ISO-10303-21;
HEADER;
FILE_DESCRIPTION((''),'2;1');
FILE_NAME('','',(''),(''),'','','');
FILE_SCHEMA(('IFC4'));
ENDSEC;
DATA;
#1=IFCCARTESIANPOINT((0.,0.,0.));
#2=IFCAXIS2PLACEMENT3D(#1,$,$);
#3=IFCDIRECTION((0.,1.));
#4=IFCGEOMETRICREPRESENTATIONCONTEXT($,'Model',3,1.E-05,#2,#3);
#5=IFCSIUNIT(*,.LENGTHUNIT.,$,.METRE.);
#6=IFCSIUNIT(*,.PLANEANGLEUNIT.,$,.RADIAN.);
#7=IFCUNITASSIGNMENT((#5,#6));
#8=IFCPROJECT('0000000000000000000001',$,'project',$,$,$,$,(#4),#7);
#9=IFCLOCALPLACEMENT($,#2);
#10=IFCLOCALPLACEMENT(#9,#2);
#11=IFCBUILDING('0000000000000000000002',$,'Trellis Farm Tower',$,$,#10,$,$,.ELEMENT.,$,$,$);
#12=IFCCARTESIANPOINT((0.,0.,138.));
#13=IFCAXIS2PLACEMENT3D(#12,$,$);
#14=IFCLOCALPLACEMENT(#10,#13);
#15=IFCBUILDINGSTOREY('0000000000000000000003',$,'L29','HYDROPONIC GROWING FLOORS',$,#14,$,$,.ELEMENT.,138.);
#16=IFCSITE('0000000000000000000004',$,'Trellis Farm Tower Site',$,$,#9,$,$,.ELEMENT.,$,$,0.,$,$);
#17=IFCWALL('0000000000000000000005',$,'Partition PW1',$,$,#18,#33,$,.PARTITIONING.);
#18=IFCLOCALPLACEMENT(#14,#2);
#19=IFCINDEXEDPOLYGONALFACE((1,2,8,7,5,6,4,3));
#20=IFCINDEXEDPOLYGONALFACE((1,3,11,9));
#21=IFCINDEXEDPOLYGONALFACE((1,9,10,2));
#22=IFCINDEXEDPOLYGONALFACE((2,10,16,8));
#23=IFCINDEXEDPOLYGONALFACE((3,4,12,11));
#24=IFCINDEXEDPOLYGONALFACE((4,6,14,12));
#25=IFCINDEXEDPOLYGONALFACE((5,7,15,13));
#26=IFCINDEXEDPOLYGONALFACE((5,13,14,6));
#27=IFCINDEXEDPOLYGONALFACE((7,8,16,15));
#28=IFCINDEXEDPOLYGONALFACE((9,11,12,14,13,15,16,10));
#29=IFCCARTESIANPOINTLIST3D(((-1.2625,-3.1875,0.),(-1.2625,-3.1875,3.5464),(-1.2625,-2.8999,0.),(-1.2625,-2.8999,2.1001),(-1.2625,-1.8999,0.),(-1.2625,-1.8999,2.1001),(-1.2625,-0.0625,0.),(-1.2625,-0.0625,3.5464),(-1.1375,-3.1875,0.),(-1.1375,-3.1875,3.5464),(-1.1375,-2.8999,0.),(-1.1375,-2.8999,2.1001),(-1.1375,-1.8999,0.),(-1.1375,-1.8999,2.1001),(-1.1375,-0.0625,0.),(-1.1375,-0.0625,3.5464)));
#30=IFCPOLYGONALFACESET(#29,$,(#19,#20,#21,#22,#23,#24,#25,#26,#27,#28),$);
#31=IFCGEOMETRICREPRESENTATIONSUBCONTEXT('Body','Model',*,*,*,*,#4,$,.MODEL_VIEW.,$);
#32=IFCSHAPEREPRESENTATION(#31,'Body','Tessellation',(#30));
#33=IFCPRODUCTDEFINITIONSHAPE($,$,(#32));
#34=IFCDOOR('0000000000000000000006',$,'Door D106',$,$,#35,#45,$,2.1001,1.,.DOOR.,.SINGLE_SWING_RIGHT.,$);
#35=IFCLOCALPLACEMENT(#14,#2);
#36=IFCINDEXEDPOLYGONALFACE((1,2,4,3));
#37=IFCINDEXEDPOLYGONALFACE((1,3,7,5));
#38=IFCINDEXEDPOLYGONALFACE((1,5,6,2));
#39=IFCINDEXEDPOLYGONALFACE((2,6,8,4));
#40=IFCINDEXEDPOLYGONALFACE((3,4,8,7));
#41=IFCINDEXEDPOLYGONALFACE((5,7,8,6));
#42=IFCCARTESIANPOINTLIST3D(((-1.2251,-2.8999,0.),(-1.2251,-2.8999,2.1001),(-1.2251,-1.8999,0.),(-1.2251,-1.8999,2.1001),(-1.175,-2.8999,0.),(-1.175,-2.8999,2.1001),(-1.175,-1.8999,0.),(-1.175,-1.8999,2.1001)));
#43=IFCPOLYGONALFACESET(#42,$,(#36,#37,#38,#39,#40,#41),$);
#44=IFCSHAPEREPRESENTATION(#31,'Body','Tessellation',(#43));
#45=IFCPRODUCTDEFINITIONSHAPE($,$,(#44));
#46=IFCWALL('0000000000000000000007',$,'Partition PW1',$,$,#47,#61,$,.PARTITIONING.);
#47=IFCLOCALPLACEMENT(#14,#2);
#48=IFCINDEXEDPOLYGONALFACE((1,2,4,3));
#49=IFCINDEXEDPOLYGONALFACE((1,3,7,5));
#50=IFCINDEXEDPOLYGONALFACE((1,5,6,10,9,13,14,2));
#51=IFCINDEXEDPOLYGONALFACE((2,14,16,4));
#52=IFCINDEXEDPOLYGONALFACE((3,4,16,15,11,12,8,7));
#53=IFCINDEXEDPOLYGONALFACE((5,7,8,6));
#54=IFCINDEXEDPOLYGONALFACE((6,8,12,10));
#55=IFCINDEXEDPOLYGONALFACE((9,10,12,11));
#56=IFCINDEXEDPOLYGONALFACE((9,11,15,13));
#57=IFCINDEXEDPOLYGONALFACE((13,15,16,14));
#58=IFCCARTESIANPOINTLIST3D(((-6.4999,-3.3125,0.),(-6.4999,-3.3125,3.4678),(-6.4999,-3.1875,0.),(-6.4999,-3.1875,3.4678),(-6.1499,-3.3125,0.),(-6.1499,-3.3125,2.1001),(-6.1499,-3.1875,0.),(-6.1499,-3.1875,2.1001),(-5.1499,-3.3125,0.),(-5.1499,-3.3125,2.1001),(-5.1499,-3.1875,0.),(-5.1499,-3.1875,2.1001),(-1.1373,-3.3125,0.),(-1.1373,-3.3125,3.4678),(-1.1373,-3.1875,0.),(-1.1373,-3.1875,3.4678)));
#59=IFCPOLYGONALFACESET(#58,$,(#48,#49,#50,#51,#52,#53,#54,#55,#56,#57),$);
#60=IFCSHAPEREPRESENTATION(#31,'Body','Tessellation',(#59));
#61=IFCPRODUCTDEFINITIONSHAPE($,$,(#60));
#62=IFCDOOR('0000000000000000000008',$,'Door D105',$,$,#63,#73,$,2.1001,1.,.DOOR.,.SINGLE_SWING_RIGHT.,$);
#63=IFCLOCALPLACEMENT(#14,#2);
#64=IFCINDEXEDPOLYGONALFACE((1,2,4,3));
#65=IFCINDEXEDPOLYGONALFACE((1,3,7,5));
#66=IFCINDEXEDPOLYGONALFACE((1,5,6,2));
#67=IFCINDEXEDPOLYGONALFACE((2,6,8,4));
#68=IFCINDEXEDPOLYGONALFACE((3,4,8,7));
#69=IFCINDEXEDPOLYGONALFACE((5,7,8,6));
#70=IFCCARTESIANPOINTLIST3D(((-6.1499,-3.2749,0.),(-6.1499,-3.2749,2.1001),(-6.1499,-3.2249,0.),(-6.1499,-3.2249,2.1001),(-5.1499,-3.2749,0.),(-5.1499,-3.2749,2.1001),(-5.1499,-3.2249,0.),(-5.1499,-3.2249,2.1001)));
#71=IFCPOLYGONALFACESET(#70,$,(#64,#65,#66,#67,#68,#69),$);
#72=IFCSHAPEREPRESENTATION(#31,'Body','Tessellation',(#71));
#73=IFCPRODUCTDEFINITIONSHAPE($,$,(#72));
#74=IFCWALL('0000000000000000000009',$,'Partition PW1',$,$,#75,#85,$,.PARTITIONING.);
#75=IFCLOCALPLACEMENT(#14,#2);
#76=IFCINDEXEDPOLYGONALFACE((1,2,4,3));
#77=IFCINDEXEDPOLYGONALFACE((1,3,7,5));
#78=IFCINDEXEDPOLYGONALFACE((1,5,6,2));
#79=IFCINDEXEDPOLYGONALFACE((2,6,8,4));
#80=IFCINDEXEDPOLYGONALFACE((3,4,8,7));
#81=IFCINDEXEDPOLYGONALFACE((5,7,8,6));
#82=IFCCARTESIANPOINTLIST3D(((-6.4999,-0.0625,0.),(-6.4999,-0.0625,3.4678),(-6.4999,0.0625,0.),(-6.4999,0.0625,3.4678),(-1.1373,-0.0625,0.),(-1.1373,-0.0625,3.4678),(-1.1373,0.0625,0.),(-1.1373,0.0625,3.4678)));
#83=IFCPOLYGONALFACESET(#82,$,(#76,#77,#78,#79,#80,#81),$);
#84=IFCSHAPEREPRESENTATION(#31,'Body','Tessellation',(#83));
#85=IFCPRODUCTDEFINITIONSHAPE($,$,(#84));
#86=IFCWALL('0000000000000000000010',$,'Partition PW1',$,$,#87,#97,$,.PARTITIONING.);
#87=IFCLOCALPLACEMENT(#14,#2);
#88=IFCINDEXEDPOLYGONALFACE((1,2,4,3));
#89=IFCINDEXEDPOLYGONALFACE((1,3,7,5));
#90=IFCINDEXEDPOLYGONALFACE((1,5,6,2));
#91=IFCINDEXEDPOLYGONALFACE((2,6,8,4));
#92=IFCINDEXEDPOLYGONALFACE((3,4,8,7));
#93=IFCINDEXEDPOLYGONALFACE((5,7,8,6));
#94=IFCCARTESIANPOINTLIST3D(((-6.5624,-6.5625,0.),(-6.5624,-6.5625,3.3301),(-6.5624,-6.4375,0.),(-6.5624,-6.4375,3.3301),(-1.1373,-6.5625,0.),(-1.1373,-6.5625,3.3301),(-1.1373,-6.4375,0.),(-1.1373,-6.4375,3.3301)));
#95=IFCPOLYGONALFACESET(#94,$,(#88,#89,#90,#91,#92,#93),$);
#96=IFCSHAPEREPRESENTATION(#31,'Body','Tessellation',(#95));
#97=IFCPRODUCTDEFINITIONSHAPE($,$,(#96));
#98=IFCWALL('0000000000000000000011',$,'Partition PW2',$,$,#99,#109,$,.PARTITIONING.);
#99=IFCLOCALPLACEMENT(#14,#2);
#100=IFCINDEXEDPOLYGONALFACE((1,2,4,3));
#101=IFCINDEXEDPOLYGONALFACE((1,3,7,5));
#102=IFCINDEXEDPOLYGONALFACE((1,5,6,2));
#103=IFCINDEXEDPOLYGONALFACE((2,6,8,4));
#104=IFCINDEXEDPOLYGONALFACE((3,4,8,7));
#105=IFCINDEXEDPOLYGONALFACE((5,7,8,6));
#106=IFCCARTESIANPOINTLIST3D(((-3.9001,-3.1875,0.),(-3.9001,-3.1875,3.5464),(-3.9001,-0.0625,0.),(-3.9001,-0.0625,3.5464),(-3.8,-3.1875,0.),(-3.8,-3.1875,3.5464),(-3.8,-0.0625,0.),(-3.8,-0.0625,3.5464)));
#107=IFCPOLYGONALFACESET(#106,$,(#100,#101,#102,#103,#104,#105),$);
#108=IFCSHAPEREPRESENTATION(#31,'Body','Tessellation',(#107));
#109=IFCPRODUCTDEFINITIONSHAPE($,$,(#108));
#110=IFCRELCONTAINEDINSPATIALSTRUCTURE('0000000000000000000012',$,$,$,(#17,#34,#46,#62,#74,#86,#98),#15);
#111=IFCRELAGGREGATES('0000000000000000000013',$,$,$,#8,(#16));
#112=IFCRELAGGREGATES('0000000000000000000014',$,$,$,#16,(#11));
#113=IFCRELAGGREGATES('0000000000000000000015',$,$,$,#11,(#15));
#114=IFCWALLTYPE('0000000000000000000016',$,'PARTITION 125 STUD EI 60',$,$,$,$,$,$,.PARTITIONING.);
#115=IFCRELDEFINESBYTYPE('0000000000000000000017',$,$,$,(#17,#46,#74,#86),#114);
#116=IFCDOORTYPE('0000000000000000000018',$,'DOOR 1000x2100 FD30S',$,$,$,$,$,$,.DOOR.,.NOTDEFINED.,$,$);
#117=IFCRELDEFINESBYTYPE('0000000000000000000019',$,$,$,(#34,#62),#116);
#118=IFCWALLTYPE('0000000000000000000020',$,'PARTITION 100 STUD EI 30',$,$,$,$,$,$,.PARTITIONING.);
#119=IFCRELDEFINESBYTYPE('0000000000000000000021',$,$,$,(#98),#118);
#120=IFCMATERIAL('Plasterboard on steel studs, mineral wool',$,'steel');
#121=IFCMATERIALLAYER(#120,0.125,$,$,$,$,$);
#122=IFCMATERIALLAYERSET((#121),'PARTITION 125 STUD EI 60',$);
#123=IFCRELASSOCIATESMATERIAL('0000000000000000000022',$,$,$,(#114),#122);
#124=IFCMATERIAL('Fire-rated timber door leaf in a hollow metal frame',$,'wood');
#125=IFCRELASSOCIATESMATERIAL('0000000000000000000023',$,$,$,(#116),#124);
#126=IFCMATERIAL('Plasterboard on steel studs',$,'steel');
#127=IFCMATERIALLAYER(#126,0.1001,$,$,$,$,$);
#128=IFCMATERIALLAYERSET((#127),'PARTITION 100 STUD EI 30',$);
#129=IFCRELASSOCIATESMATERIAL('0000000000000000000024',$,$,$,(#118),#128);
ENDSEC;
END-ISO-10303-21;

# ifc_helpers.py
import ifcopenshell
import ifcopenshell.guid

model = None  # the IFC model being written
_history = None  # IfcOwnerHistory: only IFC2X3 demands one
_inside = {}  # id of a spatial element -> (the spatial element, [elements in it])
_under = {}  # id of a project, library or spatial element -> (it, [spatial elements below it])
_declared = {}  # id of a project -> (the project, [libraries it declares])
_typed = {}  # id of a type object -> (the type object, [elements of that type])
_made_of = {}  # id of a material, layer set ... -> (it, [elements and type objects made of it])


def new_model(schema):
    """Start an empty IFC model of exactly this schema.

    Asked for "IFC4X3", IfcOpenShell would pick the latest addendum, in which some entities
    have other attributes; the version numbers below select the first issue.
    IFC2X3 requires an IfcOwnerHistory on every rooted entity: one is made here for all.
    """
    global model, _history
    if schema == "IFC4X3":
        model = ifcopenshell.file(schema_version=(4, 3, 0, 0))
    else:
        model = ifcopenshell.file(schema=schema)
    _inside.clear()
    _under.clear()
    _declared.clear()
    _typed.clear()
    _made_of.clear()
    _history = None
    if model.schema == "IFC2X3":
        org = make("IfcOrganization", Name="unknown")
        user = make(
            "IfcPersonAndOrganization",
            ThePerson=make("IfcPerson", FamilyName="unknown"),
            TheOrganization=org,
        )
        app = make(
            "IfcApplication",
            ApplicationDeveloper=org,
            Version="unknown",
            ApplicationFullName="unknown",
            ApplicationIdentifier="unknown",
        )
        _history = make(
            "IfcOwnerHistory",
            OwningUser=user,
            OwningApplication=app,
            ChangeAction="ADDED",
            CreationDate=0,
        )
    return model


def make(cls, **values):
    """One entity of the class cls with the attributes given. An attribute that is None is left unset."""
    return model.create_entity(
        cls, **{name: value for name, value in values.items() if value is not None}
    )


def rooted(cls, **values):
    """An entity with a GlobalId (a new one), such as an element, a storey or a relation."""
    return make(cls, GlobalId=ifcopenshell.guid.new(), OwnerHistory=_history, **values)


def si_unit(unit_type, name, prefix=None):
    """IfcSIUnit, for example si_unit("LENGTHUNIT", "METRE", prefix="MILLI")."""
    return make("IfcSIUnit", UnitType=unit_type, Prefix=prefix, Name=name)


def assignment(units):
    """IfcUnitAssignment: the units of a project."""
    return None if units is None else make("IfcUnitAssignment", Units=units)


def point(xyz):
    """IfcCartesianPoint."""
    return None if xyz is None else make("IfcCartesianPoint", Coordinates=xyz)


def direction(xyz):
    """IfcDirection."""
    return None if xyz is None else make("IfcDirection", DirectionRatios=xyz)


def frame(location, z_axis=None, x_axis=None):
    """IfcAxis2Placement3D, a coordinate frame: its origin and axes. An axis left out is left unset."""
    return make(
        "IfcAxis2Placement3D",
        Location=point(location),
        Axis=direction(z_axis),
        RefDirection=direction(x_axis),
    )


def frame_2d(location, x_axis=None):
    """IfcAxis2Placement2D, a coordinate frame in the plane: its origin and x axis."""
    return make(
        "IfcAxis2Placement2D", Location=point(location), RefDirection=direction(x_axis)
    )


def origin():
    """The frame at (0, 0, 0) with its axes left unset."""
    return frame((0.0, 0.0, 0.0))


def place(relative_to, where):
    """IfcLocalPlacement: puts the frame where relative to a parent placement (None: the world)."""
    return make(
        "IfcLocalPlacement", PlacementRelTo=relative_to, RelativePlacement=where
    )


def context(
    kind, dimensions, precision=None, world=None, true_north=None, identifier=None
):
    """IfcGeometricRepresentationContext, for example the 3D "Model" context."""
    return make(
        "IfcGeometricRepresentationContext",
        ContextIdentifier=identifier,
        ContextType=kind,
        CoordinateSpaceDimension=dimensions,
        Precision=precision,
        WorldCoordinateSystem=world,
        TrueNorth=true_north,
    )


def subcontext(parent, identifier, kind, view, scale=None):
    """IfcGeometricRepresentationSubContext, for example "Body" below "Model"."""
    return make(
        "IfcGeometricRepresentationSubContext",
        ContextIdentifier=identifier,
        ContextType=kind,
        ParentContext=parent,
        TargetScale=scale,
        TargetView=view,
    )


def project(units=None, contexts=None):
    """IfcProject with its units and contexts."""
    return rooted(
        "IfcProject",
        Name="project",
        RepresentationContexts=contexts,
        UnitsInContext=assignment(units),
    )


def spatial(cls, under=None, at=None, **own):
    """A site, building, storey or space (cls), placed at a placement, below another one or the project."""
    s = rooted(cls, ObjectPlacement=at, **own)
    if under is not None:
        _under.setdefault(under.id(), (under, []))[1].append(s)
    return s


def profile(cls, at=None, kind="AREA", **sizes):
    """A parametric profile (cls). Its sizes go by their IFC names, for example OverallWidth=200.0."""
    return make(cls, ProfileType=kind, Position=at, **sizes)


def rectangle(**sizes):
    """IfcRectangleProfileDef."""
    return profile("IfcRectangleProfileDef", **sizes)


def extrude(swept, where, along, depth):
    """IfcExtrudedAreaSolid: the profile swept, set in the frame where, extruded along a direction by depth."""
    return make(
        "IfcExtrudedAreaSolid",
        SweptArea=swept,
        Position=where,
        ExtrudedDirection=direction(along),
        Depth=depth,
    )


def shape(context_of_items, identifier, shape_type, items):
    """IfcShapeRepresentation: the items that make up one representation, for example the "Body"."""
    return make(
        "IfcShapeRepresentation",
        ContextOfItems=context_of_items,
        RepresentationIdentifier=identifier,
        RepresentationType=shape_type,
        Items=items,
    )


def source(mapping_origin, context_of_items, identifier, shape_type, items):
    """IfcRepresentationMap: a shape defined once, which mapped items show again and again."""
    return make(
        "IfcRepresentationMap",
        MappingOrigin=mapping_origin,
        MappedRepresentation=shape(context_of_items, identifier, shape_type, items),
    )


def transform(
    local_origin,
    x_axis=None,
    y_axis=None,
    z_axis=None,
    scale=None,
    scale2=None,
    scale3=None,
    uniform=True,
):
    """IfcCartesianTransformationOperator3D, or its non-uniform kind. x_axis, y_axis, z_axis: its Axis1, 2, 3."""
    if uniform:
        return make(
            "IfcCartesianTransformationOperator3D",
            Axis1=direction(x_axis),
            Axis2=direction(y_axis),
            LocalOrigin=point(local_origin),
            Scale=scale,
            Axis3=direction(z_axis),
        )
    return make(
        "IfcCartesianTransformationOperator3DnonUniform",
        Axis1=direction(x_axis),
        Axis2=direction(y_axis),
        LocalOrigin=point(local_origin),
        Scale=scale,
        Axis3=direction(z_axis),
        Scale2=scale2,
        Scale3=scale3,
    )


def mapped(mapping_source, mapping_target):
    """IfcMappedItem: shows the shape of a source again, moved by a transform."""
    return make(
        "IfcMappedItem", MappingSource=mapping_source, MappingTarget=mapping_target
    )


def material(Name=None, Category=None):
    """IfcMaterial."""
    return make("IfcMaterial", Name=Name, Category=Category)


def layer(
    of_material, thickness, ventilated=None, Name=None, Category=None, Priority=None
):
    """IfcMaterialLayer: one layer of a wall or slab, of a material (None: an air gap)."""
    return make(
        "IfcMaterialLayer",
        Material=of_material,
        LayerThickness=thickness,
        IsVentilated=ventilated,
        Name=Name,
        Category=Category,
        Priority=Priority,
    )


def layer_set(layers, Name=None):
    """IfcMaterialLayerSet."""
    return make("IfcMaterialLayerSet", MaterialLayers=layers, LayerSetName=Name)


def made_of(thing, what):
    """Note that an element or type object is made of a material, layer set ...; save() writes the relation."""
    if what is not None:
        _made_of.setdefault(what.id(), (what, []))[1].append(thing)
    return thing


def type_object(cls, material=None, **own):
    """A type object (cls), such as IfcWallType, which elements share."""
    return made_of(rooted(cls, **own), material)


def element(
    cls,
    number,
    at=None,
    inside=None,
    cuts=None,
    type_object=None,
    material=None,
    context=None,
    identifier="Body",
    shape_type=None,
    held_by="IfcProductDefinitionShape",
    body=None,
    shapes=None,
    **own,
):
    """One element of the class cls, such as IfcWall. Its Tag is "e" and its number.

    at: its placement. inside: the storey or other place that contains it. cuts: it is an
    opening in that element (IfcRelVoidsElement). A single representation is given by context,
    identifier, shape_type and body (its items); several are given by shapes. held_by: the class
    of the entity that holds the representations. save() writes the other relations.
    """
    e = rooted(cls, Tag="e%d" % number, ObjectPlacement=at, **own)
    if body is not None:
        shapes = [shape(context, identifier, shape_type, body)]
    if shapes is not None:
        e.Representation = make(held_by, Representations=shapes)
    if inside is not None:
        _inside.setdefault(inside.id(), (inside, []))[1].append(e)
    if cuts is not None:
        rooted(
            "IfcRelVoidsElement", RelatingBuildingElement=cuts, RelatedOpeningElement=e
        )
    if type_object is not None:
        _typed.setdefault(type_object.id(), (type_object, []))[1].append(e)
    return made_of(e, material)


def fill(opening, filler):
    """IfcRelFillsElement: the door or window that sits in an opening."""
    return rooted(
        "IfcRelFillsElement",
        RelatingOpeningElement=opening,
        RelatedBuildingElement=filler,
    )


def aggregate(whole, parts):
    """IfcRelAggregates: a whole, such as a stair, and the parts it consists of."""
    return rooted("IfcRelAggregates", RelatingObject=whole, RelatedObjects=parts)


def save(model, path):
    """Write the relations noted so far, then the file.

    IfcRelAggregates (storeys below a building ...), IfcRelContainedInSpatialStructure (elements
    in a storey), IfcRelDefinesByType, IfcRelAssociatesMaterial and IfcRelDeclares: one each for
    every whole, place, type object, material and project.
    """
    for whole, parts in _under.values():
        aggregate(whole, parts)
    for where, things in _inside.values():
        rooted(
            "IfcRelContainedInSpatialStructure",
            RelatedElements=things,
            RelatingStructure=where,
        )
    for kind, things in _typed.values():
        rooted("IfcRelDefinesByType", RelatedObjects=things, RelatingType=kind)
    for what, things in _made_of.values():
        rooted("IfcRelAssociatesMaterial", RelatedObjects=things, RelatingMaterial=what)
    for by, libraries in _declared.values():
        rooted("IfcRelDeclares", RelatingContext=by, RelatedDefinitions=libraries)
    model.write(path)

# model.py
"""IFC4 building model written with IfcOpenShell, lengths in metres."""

from ifc_helpers import new_model, si_unit, direction, frame, frame_2d, origin, place, context, subcontext, project, spatial, rectangle, extrude, source, transform, mapped, material, layer, layer_set, type_object, element, fill, save


model = new_model("IFC4")

# Units and contexts
model_context = context("Model", 3, precision=1e-05, world=origin(), true_north=direction((0.0, 1.0)))
body_context = subcontext(model_context, "Body", "Model", "MODEL_VIEW")
ifc_project = project(units=[si_unit("LENGTHUNIT", "METRE"), si_unit("PLANEANGLEUNIT", "RADIAN")], contexts=[model_context])

# Site, building, storey
site_placement = place(None, origin())
site = spatial("IfcSite", under=ifc_project, at=site_placement, Name="Trellis Farm Tower Site", CompositionType="ELEMENT", RefElevation=0.0)
building_placement = place(site_placement, origin())
building = spatial("IfcBuilding", under=site, at=building_placement, Name="Trellis Farm Tower", CompositionType="ELEMENT")
storey_placement = place(building_placement, frame((0.0, 0.0, 138.0)))
storey = spatial("IfcBuildingStorey", under=building, at=storey_placement, Name="L29", Description="HYDROPONIC GROWING FLOORS", CompositionType="ELEMENT", Elevation=138.0)

# Walls, openings, doors
ifc_material_1 = material(Name="Plasterboard on steel studs, mineral wool", Category="steel")
ifc_layer_1 = layer(ifc_material_1, 0.125)
ifc_layer_set_1 = layer_set([ifc_layer_1], Name="PARTITION 125 STUD EI 60")
wall_type_1 = type_object("IfcWallType", Name="PARTITION 125 STUD EI 60", PredefinedType="PARTITIONING", material=ifc_layer_set_1)
shared_shape_1 = source(origin(), body_context, "Body", "SweptSolid", [
    extrude(rectangle(XDim=3.125, YDim=0.125, at=frame_2d((1.5625, 0.0))), origin(), (0.0, 0.0, 1.0), 3.5464),
])
wall_1_placement = place(storey_placement, frame((-1.2, -0.0625, 0.0), z_axis=(0.0, 0.0, 1.0), x_axis=(0.0, -1.0, 0.0)))
wall_1 = element("IfcWall", 1, at=wall_1_placement, inside=storey, type_object=wall_type_1, Name="Partition PW1", PredefinedType="PARTITIONING", context=body_context, shape_type="MappedRepresentation", body=[
    mapped(shared_shape_1, transform((0.0, 0.0, 0.0))),
])
shared_shape_2 = source(origin(), body_context, "Body", "SweptSolid", [
    extrude(rectangle(XDim=1.0, YDim=2.1001, at=frame_2d((0.5, 1.05))), frame((0.0, 0.0725, 0.0), z_axis=(0.0, -1.0, 0.0), x_axis=(1.0, 0.0, 0.0)), (0.0, 0.0, 1.0), 0.145),
])
opening_1_placement = place(wall_1_placement, frame((1.8374, 0.0, 0.0)))
opening_1 = element("IfcOpeningElement", 2, at=opening_1_placement, cuts=wall_1, PredefinedType="OPENING", context=body_context, shape_type="MappedRepresentation", body=[
    mapped(shared_shape_2, transform((0.0, 0.0, 0.0))),
])
ifc_material_2 = material(Name="Fire-rated timber door leaf in a hollow metal frame", Category="wood")
door_type = type_object("IfcDoorType", Name="DOOR 1000x2100 FD30S", OperationType="NOTDEFINED", PredefinedType="DOOR", material=ifc_material_2)
shared_shape_3 = source(origin(), body_context, "Body", "SweptSolid", [
    extrude(rectangle(XDim=1.0, YDim=2.1001, at=frame_2d((0.5, 1.05))), frame((0.0, 0.0249, 0.0), z_axis=(0.0, -1.0, 0.0), x_axis=(1.0, 0.0, 0.0)), (0.0, 0.0, 1.0), 0.05),
])
door_1_placement = place(opening_1_placement, origin())
door_1 = element("IfcDoor", 3, at=door_1_placement, inside=storey, type_object=door_type, Name="Door D106", OperationType="SINGLE_SWING_RIGHT", OverallHeight=2.1001, OverallWidth=1.0, PredefinedType="DOOR", context=body_context, shape_type="MappedRepresentation", body=[
    mapped(shared_shape_3, transform((0.0, 0.0, 0.0))),
])
fill(opening_1, door_1)
shared_shape_4 = source(origin(), body_context, "Body", "SweptSolid", [
    extrude(rectangle(XDim=5.3625, YDim=0.125, at=frame_2d((2.6812, 0.0))), origin(), (0.0, 0.0, 1.0), 3.4678),
])
wall_2_placement = place(storey_placement, frame((-1.1375, -3.25, 0.0), z_axis=(0.0, 0.0, 1.0), x_axis=(-1.0, 0.0, 0.0)))
wall_2 = element("IfcWall", 4, at=wall_2_placement, inside=storey, type_object=wall_type_1, Name="Partition PW1", PredefinedType="PARTITIONING", context=body_context, shape_type="MappedRepresentation", body=[
    mapped(shared_shape_4, transform((0.0, 0.0, 0.0))),
])
opening_2_placement = place(wall_2_placement, frame((4.0125, 0.0, 0.0)))
opening_2 = element("IfcOpeningElement", 5, at=opening_2_placement, cuts=wall_2, PredefinedType="OPENING", context=body_context, shape_type="MappedRepresentation", body=[
    mapped(shared_shape_2, transform((0.0, 0.0, 0.0))),
])
door_2_placement = place(opening_2_placement, origin())
door_2 = element("IfcDoor", 6, at=door_2_placement, inside=storey, type_object=door_type, Name="Door D105", OperationType="SINGLE_SWING_RIGHT", OverallHeight=2.1001, OverallWidth=1.0, PredefinedType="DOOR", context=body_context, shape_type="MappedRepresentation", body=[
    mapped(shared_shape_3, transform((0.0, 0.0, 0.0))),
])
fill(opening_2, door_2)

# Walls
wall_3_placement = place(storey_placement, frame((-1.1375, 0.0, 0.0), z_axis=(0.0, 0.0, 1.0), x_axis=(-1.0, 0.0, 0.0)))
element("IfcWall", 7, at=wall_3_placement, inside=storey, type_object=wall_type_1, Name="Partition PW1", PredefinedType="PARTITIONING", context=body_context, shape_type="MappedRepresentation", body=[
    mapped(shared_shape_4, transform((0.0, 0.0, 0.0))),
])
shared_shape_5 = source(origin(), body_context, "Body", "SweptSolid", [
    extrude(rectangle(XDim=5.425, YDim=0.125, at=frame_2d((2.7124, 0.0))), origin(), (0.0, 0.0, 1.0), 3.3301),
])
wall_4_placement = place(storey_placement, frame((-1.1375, -6.5, 0.0), z_axis=(0.0, 0.0, 1.0), x_axis=(-1.0, 0.0, 0.0)))
element("IfcWall", 8, at=wall_4_placement, inside=storey, type_object=wall_type_1, Name="Partition PW1", PredefinedType="PARTITIONING", context=body_context, shape_type="MappedRepresentation", body=[
    mapped(shared_shape_5, transform((0.0, 0.0, 0.0))),
])
ifc_material_3 = material(Name="Plasterboard on steel studs", Category="steel")
ifc_layer_2 = layer(ifc_material_3, 0.1001)
ifc_layer_set_2 = layer_set([ifc_layer_2], Name="PARTITION 100 STUD EI 30")
wall_type_2 = type_object("IfcWallType", Name="PARTITION 100 STUD EI 30", PredefinedType="PARTITIONING", material=ifc_layer_set_2)
shared_shape_6 = source(origin(), body_context, "Body", "SweptSolid", [
    extrude(rectangle(XDim=3.125, YDim=0.1001, at=frame_2d((1.5625, 0.0))), origin(), (0.0, 0.0, 1.0), 3.5464),
])
wall_5_placement = place(storey_placement, frame((-3.8501, -3.1875, 0.0), z_axis=(0.0, 0.0, 1.0), x_axis=(0.0, 1.0, 0.0)))
element("IfcWall", 9, at=wall_5_placement, inside=storey, type_object=wall_type_2, Name="Partition PW2", PredefinedType="PARTITIONING", context=body_context, shape_type="MappedRepresentation", body=[
    mapped(shared_shape_6, transform((0.0, 0.0, 0.0))),
])

save(model, "model.ifc")
